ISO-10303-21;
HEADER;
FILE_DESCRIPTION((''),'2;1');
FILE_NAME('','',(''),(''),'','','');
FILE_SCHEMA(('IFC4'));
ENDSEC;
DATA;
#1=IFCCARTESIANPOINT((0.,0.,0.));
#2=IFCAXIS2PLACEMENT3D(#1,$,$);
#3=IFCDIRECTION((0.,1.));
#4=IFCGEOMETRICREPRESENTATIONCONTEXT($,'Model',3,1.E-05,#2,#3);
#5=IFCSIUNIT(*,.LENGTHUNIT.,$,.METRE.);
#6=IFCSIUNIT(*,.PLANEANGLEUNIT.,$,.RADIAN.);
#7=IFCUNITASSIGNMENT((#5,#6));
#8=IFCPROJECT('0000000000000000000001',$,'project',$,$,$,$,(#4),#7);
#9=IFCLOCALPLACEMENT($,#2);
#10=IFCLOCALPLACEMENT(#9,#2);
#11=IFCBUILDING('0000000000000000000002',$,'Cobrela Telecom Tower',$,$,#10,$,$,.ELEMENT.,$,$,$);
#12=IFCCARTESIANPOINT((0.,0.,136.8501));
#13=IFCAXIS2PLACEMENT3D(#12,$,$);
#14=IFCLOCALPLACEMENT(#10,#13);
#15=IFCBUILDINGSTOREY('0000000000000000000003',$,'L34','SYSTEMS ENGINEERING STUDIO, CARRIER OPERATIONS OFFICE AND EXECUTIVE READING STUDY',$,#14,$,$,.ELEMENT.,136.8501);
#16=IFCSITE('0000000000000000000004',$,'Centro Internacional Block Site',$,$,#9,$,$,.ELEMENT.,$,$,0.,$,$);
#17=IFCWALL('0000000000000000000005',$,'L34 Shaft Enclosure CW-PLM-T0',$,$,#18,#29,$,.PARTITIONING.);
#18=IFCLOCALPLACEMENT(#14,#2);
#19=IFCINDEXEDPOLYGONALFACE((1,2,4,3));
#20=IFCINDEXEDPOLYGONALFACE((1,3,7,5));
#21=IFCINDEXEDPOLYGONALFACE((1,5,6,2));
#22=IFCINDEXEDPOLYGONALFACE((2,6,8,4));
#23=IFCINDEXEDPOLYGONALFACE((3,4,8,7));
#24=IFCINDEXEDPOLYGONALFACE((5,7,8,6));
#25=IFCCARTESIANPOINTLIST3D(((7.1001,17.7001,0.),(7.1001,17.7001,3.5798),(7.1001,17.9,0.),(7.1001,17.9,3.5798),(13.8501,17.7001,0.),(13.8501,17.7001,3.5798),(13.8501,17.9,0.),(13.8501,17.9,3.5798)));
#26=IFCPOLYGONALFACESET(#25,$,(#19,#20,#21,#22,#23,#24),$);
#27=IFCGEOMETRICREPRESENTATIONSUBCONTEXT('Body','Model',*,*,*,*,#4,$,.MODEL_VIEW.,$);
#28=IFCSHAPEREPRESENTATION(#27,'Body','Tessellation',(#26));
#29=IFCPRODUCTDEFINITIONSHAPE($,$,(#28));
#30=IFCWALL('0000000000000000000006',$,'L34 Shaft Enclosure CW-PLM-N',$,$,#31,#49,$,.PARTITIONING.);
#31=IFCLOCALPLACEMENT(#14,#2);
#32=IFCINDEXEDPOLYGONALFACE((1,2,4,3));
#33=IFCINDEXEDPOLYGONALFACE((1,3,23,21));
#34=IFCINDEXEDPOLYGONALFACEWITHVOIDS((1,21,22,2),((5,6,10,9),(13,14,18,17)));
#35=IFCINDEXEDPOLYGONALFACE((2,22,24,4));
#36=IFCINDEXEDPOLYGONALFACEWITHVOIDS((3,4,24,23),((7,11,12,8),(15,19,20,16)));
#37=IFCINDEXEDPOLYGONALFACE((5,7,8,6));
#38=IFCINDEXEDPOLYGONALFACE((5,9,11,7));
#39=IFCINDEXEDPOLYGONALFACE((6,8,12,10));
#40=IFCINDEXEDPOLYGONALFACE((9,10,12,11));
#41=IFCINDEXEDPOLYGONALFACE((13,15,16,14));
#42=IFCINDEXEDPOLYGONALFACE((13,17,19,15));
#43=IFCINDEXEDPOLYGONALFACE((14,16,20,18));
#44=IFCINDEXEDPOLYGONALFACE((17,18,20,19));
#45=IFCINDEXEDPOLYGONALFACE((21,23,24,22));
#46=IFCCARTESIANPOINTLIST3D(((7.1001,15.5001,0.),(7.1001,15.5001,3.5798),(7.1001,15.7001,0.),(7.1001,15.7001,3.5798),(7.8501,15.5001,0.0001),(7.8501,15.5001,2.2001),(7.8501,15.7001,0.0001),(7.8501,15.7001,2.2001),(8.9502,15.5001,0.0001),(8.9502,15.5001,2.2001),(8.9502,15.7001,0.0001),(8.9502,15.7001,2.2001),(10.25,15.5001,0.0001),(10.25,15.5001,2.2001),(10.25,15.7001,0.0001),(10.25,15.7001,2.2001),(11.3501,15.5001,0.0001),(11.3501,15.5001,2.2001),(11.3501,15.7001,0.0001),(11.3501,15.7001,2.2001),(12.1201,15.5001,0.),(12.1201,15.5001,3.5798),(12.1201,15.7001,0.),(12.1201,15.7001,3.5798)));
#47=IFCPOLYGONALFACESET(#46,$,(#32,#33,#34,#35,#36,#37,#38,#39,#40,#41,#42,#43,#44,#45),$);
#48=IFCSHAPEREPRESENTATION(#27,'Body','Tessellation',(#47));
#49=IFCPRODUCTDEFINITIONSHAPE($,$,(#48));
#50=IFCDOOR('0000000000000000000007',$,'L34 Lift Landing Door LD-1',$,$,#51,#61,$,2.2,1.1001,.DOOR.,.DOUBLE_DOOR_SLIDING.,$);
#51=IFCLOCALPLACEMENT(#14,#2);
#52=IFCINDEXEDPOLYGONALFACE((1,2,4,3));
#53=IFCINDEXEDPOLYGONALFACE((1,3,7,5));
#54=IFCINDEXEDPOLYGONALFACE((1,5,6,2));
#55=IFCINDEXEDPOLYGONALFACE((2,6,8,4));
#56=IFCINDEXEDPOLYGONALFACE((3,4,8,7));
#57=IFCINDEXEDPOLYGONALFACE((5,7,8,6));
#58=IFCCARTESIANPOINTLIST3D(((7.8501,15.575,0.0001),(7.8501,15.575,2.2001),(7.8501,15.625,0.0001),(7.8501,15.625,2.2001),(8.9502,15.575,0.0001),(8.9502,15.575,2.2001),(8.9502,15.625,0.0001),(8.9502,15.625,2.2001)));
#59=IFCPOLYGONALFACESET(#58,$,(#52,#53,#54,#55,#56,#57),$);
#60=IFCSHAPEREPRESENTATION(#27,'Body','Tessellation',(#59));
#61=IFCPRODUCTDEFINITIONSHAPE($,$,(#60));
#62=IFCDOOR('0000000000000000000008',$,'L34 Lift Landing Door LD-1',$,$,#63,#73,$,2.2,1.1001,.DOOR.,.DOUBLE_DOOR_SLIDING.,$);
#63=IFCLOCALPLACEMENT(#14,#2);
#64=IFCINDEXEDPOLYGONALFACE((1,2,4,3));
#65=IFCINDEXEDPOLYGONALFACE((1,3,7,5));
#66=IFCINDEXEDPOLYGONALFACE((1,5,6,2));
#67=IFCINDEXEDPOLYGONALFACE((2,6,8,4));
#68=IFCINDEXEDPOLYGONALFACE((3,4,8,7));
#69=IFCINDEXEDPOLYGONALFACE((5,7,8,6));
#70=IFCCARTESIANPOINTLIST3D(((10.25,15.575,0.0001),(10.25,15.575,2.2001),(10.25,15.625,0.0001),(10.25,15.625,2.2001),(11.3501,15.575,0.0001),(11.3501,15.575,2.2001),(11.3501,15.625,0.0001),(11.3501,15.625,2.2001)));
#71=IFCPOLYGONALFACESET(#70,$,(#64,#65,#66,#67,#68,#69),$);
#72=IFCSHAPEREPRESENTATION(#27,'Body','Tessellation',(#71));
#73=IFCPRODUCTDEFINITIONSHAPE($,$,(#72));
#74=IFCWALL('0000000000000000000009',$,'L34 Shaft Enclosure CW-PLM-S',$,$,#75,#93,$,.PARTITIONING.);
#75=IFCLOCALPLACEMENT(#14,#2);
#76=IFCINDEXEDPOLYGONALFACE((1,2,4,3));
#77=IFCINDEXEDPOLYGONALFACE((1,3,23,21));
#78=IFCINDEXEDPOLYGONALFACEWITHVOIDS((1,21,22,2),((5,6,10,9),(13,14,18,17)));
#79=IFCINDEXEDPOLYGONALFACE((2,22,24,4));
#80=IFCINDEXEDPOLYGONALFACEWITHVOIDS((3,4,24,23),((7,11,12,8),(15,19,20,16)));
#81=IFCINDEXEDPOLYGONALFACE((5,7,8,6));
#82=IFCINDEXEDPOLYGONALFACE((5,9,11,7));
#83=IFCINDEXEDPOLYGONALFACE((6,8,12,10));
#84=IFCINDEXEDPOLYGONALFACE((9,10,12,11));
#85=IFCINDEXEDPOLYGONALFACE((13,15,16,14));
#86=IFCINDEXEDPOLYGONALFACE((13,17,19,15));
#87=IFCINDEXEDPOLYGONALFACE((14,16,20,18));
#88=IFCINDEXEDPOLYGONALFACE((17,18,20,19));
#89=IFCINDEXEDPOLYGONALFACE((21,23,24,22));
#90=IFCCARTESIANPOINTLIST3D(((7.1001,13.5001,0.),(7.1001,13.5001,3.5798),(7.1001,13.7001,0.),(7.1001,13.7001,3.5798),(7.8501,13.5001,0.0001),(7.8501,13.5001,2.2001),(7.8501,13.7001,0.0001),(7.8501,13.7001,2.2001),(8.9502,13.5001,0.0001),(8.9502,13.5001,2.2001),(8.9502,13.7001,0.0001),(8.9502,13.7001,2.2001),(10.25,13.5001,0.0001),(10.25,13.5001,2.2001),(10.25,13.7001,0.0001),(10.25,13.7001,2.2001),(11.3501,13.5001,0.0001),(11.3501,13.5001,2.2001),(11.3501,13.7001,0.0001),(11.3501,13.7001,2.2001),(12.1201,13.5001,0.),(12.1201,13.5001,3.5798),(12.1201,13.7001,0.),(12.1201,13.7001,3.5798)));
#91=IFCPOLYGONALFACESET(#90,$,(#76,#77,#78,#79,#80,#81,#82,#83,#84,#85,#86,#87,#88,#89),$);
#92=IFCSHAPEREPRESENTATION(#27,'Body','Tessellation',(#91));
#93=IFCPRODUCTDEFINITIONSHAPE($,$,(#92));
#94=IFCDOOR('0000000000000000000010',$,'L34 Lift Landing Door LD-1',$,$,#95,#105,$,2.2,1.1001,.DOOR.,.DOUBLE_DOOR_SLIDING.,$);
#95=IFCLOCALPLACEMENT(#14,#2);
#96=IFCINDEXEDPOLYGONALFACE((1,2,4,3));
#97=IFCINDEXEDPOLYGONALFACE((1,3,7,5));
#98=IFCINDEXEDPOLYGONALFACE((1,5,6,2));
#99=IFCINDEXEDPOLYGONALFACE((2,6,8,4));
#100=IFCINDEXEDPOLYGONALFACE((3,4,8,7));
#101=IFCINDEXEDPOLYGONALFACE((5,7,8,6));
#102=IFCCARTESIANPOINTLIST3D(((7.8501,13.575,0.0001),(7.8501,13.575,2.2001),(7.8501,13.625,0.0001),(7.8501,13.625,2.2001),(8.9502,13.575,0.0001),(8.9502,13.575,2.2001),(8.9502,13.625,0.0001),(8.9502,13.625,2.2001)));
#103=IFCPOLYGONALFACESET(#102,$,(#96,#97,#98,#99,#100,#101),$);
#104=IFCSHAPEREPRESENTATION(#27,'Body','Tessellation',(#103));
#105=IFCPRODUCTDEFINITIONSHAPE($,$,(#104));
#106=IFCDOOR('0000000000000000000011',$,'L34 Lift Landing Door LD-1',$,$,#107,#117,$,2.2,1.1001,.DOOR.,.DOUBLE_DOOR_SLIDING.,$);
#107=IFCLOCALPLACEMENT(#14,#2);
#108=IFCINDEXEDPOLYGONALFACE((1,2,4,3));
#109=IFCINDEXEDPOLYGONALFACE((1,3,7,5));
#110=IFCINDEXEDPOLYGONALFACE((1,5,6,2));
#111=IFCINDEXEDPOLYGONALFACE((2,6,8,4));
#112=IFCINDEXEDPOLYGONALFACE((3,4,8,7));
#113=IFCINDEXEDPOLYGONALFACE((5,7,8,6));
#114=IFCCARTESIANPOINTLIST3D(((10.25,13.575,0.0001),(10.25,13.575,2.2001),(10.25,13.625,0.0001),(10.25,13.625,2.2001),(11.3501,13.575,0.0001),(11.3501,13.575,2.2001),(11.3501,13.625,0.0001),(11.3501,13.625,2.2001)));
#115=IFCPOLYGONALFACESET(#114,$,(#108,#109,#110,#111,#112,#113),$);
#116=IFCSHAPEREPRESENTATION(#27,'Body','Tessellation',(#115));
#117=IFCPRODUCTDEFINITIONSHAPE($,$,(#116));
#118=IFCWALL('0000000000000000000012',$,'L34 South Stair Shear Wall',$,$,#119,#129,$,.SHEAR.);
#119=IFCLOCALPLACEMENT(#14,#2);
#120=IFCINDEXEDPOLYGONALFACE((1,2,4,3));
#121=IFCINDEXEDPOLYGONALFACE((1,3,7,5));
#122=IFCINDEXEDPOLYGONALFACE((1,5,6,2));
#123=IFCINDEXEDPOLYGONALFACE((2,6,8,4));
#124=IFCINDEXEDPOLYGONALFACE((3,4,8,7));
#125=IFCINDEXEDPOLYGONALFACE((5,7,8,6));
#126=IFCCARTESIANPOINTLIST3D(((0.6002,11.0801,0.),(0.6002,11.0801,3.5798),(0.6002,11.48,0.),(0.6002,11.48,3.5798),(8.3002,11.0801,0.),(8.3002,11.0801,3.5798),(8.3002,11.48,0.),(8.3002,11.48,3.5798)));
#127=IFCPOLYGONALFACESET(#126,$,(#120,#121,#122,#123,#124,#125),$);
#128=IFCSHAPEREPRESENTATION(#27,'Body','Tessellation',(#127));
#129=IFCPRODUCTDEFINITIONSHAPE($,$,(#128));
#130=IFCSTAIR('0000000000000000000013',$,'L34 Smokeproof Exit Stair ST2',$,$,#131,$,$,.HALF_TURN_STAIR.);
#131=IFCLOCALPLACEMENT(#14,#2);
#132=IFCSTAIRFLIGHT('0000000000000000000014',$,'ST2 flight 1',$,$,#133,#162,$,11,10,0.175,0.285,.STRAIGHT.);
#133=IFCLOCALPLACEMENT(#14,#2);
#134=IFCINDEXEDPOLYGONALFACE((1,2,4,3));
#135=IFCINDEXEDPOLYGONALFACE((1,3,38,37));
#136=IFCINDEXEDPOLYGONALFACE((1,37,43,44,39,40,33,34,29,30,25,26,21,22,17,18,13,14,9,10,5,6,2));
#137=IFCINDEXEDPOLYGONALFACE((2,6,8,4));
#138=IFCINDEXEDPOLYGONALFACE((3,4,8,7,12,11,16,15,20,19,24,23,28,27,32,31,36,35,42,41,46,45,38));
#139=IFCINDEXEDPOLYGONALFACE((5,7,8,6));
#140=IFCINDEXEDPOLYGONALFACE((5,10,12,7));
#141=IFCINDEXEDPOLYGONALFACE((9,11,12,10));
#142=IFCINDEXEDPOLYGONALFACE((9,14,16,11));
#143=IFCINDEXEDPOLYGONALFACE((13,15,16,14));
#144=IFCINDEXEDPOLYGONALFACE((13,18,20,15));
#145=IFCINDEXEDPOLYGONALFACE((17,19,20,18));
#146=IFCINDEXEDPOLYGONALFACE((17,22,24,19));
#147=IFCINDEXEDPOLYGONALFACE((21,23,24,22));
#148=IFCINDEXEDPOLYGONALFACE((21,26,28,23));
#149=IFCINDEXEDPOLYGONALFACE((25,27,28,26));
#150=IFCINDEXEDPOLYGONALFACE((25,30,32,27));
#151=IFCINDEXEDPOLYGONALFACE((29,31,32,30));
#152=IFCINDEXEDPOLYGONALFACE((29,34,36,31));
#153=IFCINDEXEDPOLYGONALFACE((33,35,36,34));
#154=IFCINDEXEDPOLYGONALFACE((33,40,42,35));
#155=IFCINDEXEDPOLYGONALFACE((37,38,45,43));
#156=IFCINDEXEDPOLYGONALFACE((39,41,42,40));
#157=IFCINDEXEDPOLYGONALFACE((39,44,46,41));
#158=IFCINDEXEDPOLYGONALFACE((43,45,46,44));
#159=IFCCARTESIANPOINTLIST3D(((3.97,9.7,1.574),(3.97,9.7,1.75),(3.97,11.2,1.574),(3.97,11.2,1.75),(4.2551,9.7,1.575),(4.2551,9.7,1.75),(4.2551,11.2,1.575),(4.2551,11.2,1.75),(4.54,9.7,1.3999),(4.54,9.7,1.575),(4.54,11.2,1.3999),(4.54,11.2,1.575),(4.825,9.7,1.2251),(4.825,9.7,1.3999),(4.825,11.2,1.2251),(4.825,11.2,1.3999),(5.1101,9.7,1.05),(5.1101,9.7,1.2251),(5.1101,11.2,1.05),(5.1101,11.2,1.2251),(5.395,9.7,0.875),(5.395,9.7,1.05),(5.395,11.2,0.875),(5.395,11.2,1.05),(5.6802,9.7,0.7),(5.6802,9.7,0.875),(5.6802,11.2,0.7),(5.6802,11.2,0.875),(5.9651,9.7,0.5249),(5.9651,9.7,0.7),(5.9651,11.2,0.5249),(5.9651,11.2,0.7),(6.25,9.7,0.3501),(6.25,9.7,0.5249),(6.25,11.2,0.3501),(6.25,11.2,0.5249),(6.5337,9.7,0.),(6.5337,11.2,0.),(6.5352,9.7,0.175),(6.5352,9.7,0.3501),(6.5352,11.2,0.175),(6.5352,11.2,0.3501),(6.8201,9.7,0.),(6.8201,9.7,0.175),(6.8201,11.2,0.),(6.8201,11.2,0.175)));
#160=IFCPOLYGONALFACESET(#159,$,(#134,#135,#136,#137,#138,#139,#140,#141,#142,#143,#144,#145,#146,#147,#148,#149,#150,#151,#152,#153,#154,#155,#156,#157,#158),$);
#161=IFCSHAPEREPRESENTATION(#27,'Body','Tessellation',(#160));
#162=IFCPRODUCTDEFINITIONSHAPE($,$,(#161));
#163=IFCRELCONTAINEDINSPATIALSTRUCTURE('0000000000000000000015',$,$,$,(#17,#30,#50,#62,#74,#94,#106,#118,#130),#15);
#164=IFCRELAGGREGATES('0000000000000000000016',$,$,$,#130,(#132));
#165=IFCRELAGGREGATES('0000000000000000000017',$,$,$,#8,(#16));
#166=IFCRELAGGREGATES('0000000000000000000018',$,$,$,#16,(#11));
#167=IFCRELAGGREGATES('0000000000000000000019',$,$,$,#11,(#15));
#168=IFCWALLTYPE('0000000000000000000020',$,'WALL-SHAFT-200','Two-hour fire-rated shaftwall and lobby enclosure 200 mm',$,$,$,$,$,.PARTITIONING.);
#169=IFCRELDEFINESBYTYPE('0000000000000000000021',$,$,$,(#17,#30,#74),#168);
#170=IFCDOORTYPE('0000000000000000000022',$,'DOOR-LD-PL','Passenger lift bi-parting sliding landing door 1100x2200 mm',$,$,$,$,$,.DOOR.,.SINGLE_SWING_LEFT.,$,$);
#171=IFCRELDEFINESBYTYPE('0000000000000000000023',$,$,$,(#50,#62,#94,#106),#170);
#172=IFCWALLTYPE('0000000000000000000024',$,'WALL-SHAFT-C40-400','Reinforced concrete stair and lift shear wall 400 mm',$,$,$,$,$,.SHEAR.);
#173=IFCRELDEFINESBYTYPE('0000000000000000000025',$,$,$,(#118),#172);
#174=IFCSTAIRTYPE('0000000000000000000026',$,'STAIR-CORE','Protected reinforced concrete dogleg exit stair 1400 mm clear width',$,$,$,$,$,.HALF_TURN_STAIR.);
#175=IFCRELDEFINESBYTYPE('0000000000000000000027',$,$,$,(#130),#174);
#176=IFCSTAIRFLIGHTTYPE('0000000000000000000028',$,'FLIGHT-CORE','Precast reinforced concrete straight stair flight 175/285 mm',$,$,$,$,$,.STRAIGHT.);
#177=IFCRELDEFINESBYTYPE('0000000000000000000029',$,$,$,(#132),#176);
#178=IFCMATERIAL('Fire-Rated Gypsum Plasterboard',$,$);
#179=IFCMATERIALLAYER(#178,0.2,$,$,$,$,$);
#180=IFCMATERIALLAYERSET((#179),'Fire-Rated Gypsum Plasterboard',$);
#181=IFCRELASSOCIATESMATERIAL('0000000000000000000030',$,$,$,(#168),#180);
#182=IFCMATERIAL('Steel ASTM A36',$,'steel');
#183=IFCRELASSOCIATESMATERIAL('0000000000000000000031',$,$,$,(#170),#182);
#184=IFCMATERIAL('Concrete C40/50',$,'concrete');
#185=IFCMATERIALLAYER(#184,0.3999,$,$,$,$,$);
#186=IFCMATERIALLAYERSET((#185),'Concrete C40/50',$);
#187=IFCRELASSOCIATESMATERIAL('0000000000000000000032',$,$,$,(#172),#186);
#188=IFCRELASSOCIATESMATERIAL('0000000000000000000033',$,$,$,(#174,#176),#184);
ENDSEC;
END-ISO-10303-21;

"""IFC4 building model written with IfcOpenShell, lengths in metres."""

from ifc_helpers import new_model, si_unit, direction, frame, frame_2d, origin, place, context, subcontext, project, spatial, polyline, rectangle, outline, extrude, material, layer, layer_set, type_object, element, fill, aggregate, save


model = new_model("IFC4")

# Units and contexts
model_context = context("Model", 3, precision=1e-05, world=origin(), true_north=direction((0.0, 1.0)))
body_context = subcontext(model_context, "Body", "Model", "MODEL_VIEW")
ifc_project = project(units=[si_unit("LENGTHUNIT", "METRE"), si_unit("PLANEANGLEUNIT", "RADIAN")], contexts=[model_context])

# Site, building, storey
site_placement = place(None, origin())
site = spatial("IfcSite", under=ifc_project, at=site_placement, Name="Centro Internacional Block Site", CompositionType="ELEMENT", RefElevation=0.0)
building_placement = place(site_placement, origin())
building = spatial("IfcBuilding", under=site, at=building_placement, Name="Cobrela Telecom Tower", CompositionType="ELEMENT")
storey_placement = place(building_placement, frame((0.0, 0.0, 136.8501)))
storey = spatial("IfcBuildingStorey", under=building, at=storey_placement, Name="L34", Description="SYSTEMS ENGINEERING STUDIO, CARRIER OPERATIONS OFFICE AND EXECUTIVE READING STUDY", CompositionType="ELEMENT", Elevation=136.8501)

# Shared definitions
ifc_material_1 = material(Name="Fire-Rated Gypsum Plasterboard")

# Wall
ifc_layer_1 = layer(ifc_material_1, 0.2)
ifc_layer_set_1 = layer_set([ifc_layer_1], Name="Fire-Rated Gypsum Plasterboard")
wall_type_1 = type_object("IfcWallType", Name="WALL-SHAFT-200", Description="Two-hour fire-rated shaftwall and lobby enclosure 200 mm", PredefinedType="PARTITIONING", material=ifc_layer_set_1)
wall_1_placement = place(storey_placement, frame((7.1001, 17.8, 0.0), z_axis=(0.0, 0.0, 1.0), x_axis=(1.0, 0.0, 0.0)))
element("IfcWall", 1, at=wall_1_placement, inside=storey, type_object=wall_type_1, Name="L34 Shaft Enclosure CW-PLM-T0", PredefinedType="PARTITIONING", context=body_context, shape_type="SweptSolid", body=[
    extrude(rectangle(XDim=6.75, YDim=0.2, at=frame_2d((3.375, 0.0))), origin(), (0.0, 0.0, 1.0), 3.5798),
])

# Walls, openings, doors
wall_2_placement = place(storey_placement, frame((7.1001, 15.6001, 0.0), z_axis=(0.0, 0.0, 1.0), x_axis=(1.0, 0.0, 0.0)))
wall_2 = element("IfcWall", 2, at=wall_2_placement, inside=storey, type_object=wall_type_1, Name="L34 Shaft Enclosure CW-PLM-N", PredefinedType="PARTITIONING", context=body_context, shape_type="SweptSolid", body=[
    extrude(rectangle(XDim=5.02, YDim=0.2, at=frame_2d((2.51, 0.0))), origin(), (0.0, 0.0, 1.0), 3.5798),
])
opening_1_placement = place(wall_2_placement, frame((0.75, 0.0, 0.0)))
opening_1 = element("IfcOpeningElement", 3, at=opening_1_placement, cuts=wall_2, PredefinedType="OPENING", context=body_context, shape_type="SweptSolid", body=[
    extrude(rectangle(XDim=1.1001, YDim=2.2, at=frame_2d((0.55, 1.1001))), frame((0.0, 0.1118, 0.0), z_axis=(0.0, -1.0, 0.0), x_axis=(1.0, 0.0, 0.0)), (0.0, 0.0, 1.0), 0.2239),
])
opening_2_placement = place(wall_2_placement, frame((3.1499, 0.0, 0.0)))
opening_2 = element("IfcOpeningElement", 4, at=opening_2_placement, cuts=wall_2, PredefinedType="OPENING", context=body_context, shape_type="SweptSolid", body=[
    extrude(rectangle(XDim=1.1001, YDim=2.2, at=frame_2d((0.55, 1.1001))), frame((0.0, 0.1118, 0.0), z_axis=(0.0, -1.0, 0.0), x_axis=(1.0, 0.0, 0.0)), (0.0, 0.0, 1.0), 0.2239),
])
ifc_material_2 = material(Name="Steel ASTM A36", Category="steel")
door_type_1 = type_object("IfcDoorType", Name="DOOR-LD-PL", Description="Passenger lift bi-parting sliding landing door 1100x2200 mm", OperationType="SINGLE_SWING_LEFT", PredefinedType="DOOR", material=ifc_material_2)
door_1_placement = place(opening_1_placement, origin())
door_1 = element("IfcDoor", 5, at=door_1_placement, inside=storey, type_object=door_type_1, Name="L34 Lift Landing Door LD-1", OperationType="DOUBLE_DOOR_SLIDING", OverallHeight=2.2, OverallWidth=1.1001, PredefinedType="DOOR", context=body_context, shape_type="SweptSolid", body=[
    extrude(rectangle(XDim=1.1001, YDim=2.2, at=frame_2d((0.55, 1.1001))), frame((0.0, 0.0249, 0.0), z_axis=(0.0, -1.0, 0.0), x_axis=(1.0, 0.0, 0.0)), (0.0, 0.0, 1.0), 0.05),
])
fill(opening_1, door_1)
door_2_placement = place(opening_2_placement, origin())
door_2 = element("IfcDoor", 6, at=door_2_placement, inside=storey, type_object=door_type_1, Name="L34 Lift Landing Door LD-1", OperationType="DOUBLE_DOOR_SLIDING", OverallHeight=2.2, OverallWidth=1.1001, PredefinedType="DOOR", context=body_context, shape_type="SweptSolid", body=[
    extrude(rectangle(XDim=1.1001, YDim=2.2, at=frame_2d((0.55, 1.1001))), frame((0.0, 0.0249, 0.0), z_axis=(0.0, -1.0, 0.0), x_axis=(1.0, 0.0, 0.0)), (0.0, 0.0, 1.0), 0.05),
])
fill(opening_2, door_2)
wall_3_placement = place(storey_placement, frame((7.1001, 13.6001, 0.0), z_axis=(0.0, 0.0, 1.0), x_axis=(1.0, 0.0, 0.0)))
wall_3 = element("IfcWall", 7, at=wall_3_placement, inside=storey, type_object=wall_type_1, Name="L34 Shaft Enclosure CW-PLM-S", PredefinedType="PARTITIONING", context=body_context, shape_type="SweptSolid", body=[
    extrude(rectangle(XDim=5.02, YDim=0.2, at=frame_2d((2.51, 0.0))), origin(), (0.0, 0.0, 1.0), 3.5798),
])
opening_3_placement = place(wall_3_placement, frame((0.75, 0.0, 0.0)))
opening_3 = element("IfcOpeningElement", 8, at=opening_3_placement, cuts=wall_3, PredefinedType="OPENING", context=body_context, shape_type="SweptSolid", body=[
    extrude(rectangle(XDim=1.1001, YDim=2.2, at=frame_2d((0.55, 1.1001))), frame((0.0, 0.1118, 0.0), z_axis=(0.0, -1.0, 0.0), x_axis=(1.0, 0.0, 0.0)), (0.0, 0.0, 1.0), 0.2239),
])
opening_4_placement = place(wall_3_placement, frame((3.1499, 0.0, 0.0)))
opening_4 = element("IfcOpeningElement", 9, at=opening_4_placement, cuts=wall_3, PredefinedType="OPENING", context=body_context, shape_type="SweptSolid", body=[
    extrude(rectangle(XDim=1.1001, YDim=2.2, at=frame_2d((0.55, 1.1001))), frame((0.0, 0.1118, 0.0), z_axis=(0.0, -1.0, 0.0), x_axis=(1.0, 0.0, 0.0)), (0.0, 0.0, 1.0), 0.2239),
])
door_3_placement = place(opening_3_placement, origin())
door_3 = element("IfcDoor", 10, at=door_3_placement, inside=storey, type_object=door_type_1, Name="L34 Lift Landing Door LD-1", OperationType="DOUBLE_DOOR_SLIDING", OverallHeight=2.2, OverallWidth=1.1001, PredefinedType="DOOR", context=body_context, shape_type="SweptSolid", body=[
    extrude(rectangle(XDim=1.1001, YDim=2.2, at=frame_2d((0.55, 1.1001))), frame((0.0, 0.0249, 0.0), z_axis=(0.0, -1.0, 0.0), x_axis=(1.0, 0.0, 0.0)), (0.0, 0.0, 1.0), 0.05),
])
fill(opening_3, door_3)
door_4_placement = place(opening_4_placement, origin())
door_4 = element("IfcDoor", 11, at=door_4_placement, inside=storey, type_object=door_type_1, Name="L34 Lift Landing Door LD-1", OperationType="DOUBLE_DOOR_SLIDING", OverallHeight=2.2, OverallWidth=1.1001, PredefinedType="DOOR", context=body_context, shape_type="SweptSolid", body=[
    extrude(rectangle(XDim=1.1001, YDim=2.2, at=frame_2d((0.55, 1.1001))), frame((0.0, 0.0249, 0.0), z_axis=(0.0, -1.0, 0.0), x_axis=(1.0, 0.0, 0.0)), (0.0, 0.0, 1.0), 0.05),
])
fill(opening_4, door_4)

# Wall
ifc_material_3 = material(Name="Concrete C40/50", Category="concrete")
ifc_layer_2 = layer(ifc_material_3, 0.3999)
ifc_layer_set_2 = layer_set([ifc_layer_2], Name="Concrete C40/50")
wall_type_2 = type_object("IfcWallType", Name="WALL-SHAFT-C40-400", Description="Reinforced concrete stair and lift shear wall 400 mm", PredefinedType="SHEAR", material=ifc_layer_set_2)
wall_4_placement = place(storey_placement, frame((0.6001, 11.28, 0.0), z_axis=(0.0, 0.0, 1.0), x_axis=(1.0, 0.0, 0.0)))
element("IfcWall", 12, at=wall_4_placement, inside=storey, type_object=wall_type_2, Name="L34 South Stair Shear Wall", PredefinedType="SHEAR", context=body_context, shape_type="SweptSolid", body=[
    extrude(rectangle(XDim=7.7, YDim=0.3999, at=frame_2d((3.8501, 0.0))), origin(), (0.0, 0.0, 1.0), 3.5798),
])

# Stair, stair flight
stair_type = type_object("IfcStairType", Name="STAIR-CORE", Description="Protected reinforced concrete dogleg exit stair 1400 mm clear width", PredefinedType="HALF_TURN_STAIR", material=ifc_material_3)
stair_placement = place(storey_placement, origin())
stair = element("IfcStair", 13, at=stair_placement, inside=storey, type_object=stair_type, Name="L34 Smokeproof Exit Stair ST2", PredefinedType="HALF_TURN_STAIR")
stair_flight_type = type_object("IfcStairFlightType", Name="FLIGHT-CORE", Description="Precast reinforced concrete straight stair flight 175/285 mm", PredefinedType="STRAIGHT", material=ifc_material_3)
stair_flight_placement = place(storey_placement, frame((6.8201, 10.45, 0.0), z_axis=(0.0, 0.0, 1.0), x_axis=(-1.0, 0.0, 0.0)))
stair_flight = element("IfcStairFlight", 14, at=stair_flight_placement, type_object=stair_flight_type, Name="ST2 flight 1", NumberOfRisers=11, NumberOfTreads=10, PredefinedType="STRAIGHT", RiserHeight=0.175, TreadLength=0.285, context=body_context, shape_type="SweptSolid", body=[
    extrude(outline(polyline([(0.0, 0.0), (0.0, 0.175), (0.2849, 0.175), (0.2849, 0.3501), (0.5701, 0.3501), (0.5701, 0.5249), (0.855, 0.5249), (0.855, 0.7), (1.1399, 0.7), (1.1399, 0.875), (1.425, 0.875), (1.425, 1.05), (1.71, 1.05), (1.71, 1.2251), (1.9951, 1.2251), (1.9951, 1.3999), (2.28, 1.3999), (2.28, 1.575), (2.5649, 1.575), (2.5649, 1.75), (2.8501, 1.75), (2.8501, 1.925), (2.8501, 1.574), (0.2864, 0.0), (0.0, 0.0)])), frame((0.0, 0.75, 0.0), z_axis=(0.0, -1.0, 0.0), x_axis=(1.0, 0.0, 0.0)), (0.0, 0.0, 1.0), 1.5),
])
aggregate(stair, [stair_flight])

save(model, "model.ifc")
